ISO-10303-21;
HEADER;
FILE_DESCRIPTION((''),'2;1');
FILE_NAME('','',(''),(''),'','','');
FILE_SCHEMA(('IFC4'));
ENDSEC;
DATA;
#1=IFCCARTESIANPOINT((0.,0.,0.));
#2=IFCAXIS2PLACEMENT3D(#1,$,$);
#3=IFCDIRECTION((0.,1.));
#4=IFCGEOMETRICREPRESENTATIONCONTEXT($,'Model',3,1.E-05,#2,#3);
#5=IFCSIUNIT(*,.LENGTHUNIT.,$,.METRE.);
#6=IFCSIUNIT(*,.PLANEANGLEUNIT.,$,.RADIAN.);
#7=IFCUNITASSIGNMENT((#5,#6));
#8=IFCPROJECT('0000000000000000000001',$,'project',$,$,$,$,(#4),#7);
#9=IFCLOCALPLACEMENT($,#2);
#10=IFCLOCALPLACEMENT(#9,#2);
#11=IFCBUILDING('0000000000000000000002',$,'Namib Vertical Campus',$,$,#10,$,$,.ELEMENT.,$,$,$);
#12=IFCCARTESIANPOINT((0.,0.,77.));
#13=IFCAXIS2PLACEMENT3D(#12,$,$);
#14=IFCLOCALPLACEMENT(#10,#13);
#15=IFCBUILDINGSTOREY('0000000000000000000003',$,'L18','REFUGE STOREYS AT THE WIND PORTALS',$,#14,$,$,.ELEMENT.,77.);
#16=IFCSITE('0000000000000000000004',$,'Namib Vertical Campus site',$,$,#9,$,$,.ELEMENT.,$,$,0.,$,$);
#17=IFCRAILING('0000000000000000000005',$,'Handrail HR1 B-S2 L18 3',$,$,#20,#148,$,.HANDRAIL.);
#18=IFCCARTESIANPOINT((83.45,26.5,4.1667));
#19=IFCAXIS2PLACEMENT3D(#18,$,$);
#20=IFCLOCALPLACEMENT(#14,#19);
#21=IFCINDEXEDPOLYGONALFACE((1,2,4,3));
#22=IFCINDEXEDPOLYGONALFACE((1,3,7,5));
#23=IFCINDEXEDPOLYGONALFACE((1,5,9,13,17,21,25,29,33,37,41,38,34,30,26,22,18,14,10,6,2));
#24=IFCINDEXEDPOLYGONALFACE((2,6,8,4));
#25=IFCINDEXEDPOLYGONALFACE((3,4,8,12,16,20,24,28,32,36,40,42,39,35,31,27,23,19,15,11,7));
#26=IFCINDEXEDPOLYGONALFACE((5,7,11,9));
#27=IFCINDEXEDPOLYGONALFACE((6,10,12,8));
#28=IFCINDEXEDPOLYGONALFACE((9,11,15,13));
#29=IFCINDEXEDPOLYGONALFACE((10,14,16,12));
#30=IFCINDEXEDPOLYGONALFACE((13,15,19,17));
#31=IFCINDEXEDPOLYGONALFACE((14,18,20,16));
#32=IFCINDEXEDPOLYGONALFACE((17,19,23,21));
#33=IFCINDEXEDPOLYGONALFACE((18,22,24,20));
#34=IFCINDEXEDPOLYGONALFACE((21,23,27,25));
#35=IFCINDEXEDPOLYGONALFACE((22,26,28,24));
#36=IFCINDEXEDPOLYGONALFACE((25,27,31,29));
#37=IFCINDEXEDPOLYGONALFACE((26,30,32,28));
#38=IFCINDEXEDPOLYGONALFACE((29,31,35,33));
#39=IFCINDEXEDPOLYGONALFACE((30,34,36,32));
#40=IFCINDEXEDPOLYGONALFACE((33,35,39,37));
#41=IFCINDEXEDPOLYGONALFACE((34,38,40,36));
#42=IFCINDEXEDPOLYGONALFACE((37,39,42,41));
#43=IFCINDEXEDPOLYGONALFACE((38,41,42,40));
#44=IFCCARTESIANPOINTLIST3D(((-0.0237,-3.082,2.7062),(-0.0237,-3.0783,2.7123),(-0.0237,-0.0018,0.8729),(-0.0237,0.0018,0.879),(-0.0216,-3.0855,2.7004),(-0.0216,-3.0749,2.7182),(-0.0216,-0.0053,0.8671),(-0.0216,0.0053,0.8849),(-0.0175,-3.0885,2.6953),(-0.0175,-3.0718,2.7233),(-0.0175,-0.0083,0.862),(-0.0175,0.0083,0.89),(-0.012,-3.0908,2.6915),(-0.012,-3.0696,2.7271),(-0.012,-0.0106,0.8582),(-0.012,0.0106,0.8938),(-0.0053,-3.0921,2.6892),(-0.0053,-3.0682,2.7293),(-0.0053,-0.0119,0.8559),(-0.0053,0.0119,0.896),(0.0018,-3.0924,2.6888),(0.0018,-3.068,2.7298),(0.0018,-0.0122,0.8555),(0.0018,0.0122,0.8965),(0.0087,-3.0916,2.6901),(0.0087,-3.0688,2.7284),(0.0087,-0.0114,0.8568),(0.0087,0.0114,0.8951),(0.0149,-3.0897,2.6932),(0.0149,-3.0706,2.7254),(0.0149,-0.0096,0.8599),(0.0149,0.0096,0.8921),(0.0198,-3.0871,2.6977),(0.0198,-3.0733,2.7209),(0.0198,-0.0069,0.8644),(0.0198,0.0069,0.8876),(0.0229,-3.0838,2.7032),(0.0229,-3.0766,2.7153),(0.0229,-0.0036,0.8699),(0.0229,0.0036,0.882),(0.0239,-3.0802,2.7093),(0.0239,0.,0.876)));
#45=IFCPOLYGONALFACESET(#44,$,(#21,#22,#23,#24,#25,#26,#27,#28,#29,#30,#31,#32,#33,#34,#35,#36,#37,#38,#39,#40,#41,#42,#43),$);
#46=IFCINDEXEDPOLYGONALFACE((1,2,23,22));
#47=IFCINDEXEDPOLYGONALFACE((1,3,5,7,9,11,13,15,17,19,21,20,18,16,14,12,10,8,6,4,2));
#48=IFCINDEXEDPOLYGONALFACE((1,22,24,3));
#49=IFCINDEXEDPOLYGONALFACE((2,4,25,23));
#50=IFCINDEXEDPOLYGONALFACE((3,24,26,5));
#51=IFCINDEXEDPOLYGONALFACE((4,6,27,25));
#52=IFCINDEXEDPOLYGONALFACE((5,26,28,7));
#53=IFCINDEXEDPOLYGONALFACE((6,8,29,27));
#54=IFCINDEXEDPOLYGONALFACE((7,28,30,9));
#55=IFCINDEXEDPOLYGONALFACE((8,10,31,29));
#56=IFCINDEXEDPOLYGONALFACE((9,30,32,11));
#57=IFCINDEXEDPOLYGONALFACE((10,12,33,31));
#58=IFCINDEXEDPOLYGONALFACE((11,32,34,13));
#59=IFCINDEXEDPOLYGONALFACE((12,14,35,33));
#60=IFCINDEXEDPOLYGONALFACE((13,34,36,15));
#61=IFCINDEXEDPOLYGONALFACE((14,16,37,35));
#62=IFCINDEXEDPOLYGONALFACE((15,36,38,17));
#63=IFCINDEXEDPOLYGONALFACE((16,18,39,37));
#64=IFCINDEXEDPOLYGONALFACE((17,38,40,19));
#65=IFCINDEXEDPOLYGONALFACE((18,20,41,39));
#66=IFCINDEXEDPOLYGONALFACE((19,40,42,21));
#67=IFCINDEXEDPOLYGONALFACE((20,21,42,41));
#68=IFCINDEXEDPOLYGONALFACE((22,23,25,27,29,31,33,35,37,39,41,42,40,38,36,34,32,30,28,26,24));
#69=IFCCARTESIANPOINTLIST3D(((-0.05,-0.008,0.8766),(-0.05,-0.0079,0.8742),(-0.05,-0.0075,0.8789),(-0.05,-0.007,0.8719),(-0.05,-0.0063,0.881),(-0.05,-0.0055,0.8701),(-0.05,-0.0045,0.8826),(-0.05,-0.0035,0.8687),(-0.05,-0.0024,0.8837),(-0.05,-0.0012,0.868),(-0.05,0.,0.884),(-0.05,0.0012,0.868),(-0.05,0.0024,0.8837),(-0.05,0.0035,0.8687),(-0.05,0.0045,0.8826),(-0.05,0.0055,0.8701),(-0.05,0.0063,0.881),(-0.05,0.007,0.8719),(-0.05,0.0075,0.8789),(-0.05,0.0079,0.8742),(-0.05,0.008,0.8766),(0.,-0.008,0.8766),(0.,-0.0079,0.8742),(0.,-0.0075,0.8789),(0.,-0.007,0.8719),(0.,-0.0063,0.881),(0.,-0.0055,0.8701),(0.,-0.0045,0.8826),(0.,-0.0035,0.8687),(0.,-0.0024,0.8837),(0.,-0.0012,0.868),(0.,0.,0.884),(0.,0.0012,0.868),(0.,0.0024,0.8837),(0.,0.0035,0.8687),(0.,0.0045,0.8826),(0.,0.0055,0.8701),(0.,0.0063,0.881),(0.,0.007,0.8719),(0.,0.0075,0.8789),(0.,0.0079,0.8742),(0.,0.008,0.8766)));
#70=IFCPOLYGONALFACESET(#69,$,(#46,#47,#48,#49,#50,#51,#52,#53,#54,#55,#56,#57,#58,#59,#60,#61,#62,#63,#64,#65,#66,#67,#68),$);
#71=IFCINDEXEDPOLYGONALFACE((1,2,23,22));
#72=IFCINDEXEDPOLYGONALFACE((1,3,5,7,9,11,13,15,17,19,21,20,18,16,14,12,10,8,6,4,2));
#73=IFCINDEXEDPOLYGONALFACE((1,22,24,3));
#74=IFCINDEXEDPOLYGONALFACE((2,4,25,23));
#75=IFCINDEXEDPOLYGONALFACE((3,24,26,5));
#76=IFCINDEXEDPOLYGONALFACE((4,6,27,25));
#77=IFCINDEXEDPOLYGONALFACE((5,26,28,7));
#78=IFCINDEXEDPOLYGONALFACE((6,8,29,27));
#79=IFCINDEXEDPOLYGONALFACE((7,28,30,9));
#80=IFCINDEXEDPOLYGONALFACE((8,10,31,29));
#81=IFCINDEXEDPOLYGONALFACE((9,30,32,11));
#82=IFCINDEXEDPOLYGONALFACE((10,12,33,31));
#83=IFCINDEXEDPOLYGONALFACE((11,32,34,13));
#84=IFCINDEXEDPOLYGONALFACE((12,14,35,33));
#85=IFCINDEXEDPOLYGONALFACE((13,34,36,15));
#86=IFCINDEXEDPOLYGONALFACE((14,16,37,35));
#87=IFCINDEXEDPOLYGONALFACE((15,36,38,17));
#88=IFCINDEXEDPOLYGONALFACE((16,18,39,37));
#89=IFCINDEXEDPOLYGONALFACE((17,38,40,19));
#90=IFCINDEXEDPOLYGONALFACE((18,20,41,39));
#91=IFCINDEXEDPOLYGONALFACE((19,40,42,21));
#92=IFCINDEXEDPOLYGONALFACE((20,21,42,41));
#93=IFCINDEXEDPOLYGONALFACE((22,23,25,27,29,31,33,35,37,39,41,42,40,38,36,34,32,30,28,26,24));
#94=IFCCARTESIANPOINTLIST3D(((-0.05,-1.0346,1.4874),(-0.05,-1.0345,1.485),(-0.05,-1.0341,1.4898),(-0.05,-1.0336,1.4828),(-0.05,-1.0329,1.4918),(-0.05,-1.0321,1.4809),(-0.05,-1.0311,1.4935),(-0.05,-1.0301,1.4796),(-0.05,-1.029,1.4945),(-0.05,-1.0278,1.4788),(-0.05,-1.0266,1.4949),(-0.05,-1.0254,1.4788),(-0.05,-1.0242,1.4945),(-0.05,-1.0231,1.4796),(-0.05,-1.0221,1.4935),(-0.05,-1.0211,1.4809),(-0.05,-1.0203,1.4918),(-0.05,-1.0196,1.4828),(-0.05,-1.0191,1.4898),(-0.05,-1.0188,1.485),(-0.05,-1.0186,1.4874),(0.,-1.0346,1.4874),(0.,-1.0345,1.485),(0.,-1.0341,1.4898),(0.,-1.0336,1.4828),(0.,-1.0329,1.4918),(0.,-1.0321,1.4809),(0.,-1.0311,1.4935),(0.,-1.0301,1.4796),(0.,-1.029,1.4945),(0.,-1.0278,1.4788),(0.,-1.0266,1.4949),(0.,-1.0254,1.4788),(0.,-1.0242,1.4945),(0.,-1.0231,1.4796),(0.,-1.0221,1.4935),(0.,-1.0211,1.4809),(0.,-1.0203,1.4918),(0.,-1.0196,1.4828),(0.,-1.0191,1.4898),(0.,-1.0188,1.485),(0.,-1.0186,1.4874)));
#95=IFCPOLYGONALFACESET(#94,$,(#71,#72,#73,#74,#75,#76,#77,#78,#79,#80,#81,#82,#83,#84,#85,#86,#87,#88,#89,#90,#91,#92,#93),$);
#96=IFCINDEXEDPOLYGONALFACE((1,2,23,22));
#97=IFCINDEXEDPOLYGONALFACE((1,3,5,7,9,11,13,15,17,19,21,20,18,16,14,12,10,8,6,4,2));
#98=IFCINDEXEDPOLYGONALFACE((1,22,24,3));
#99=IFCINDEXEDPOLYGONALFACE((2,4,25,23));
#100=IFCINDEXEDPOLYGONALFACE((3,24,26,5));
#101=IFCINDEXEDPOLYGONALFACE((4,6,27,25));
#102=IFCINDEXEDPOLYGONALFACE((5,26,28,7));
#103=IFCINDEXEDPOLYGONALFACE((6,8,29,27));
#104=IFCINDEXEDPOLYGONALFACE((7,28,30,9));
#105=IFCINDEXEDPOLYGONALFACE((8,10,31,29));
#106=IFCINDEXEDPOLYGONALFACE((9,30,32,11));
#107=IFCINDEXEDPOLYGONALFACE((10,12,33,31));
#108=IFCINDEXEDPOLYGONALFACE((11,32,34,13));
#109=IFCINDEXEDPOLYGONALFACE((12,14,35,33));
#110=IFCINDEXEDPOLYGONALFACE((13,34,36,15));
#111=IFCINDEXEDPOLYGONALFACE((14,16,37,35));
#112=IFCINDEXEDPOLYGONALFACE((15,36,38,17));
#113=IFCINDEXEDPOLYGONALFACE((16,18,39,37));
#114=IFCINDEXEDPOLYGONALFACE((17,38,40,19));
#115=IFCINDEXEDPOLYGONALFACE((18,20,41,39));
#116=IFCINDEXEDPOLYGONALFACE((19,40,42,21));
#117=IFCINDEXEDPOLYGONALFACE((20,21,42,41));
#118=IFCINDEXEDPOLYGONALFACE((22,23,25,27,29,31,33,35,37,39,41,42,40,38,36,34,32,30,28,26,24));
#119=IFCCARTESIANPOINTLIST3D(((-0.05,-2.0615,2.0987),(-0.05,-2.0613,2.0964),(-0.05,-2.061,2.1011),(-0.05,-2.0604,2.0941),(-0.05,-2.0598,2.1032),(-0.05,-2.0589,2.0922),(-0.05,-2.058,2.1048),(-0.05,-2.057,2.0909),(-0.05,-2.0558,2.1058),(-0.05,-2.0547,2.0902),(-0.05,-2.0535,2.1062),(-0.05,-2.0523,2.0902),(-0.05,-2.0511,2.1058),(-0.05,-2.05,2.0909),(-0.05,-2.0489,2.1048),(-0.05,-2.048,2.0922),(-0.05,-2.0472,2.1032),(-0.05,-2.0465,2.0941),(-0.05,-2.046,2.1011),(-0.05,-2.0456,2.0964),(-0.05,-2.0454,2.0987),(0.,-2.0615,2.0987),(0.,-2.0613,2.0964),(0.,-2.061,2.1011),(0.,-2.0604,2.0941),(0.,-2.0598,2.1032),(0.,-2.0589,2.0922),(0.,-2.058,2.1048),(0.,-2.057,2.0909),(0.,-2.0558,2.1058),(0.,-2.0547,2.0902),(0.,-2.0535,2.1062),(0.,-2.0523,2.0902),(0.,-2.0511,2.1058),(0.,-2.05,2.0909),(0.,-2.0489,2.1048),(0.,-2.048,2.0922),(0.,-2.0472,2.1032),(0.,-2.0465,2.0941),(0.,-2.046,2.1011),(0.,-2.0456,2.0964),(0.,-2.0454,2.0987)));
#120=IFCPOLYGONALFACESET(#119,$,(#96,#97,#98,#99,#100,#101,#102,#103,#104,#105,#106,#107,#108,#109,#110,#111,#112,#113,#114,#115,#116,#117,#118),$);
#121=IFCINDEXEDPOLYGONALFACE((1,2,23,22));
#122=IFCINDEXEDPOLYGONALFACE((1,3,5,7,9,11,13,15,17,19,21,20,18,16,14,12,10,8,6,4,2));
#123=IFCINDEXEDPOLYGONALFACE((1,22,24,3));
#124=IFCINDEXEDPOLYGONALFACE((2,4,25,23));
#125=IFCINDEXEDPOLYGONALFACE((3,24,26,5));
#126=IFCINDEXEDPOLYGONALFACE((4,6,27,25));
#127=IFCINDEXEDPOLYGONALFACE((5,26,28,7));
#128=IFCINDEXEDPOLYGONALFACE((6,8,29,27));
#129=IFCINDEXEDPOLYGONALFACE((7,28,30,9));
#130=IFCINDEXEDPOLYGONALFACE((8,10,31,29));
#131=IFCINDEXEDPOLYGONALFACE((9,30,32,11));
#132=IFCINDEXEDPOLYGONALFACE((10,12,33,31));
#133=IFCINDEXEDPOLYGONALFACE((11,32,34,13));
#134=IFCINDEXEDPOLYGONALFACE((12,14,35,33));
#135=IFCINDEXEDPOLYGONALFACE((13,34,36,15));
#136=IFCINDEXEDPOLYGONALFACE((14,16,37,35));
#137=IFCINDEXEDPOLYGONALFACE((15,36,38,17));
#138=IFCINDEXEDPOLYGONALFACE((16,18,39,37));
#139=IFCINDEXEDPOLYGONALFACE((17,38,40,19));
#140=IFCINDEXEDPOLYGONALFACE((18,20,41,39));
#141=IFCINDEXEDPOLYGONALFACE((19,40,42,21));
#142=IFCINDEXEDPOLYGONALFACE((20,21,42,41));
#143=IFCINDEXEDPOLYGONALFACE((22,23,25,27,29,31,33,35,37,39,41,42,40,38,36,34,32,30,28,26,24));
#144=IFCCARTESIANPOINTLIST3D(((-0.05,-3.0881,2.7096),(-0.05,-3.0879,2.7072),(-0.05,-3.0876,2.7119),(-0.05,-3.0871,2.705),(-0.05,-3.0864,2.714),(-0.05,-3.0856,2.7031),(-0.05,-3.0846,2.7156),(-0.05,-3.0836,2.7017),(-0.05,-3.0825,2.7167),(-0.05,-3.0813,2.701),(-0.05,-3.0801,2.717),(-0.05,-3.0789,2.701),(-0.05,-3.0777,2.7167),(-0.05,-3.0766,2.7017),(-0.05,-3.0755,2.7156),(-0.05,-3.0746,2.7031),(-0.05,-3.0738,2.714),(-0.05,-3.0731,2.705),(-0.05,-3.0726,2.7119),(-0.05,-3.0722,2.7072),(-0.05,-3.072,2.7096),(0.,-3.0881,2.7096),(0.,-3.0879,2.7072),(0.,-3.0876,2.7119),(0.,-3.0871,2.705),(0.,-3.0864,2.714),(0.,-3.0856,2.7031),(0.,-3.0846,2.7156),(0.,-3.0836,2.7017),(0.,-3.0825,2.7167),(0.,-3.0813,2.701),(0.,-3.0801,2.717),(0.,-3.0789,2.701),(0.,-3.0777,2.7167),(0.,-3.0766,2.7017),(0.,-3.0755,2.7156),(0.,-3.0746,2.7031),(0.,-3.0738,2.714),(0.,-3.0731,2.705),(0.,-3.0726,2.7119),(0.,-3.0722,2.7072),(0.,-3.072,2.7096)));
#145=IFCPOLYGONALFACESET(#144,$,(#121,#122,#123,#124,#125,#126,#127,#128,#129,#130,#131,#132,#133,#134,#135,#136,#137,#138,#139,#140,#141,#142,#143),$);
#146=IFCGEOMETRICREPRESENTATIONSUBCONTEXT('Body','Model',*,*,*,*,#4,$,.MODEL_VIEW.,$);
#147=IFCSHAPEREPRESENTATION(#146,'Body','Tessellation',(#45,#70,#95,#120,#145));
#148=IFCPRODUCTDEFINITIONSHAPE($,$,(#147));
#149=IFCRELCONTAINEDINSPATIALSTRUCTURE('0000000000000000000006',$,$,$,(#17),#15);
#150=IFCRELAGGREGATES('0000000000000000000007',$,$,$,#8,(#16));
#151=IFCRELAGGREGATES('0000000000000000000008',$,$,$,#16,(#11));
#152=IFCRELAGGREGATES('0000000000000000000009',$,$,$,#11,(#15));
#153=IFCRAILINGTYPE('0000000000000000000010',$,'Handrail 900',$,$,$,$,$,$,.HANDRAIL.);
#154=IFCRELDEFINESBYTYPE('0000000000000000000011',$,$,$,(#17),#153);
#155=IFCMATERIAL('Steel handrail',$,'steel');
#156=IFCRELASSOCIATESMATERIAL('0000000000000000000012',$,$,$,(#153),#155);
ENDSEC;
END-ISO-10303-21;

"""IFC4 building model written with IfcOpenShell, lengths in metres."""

from ifc_helpers import new_model, si_unit, direction, frame, origin, origin_2d, place, context, subcontext, project, spatial, circle, extrude, material, type_object, element, save


model = new_model("IFC4")

# Units and contexts
model_context = context("Model", 3, precision=1e-05, world=origin(), true_north=direction((0.0, 1.0)))
body_context = subcontext(model_context, "Body", "Model", "MODEL_VIEW")
ifc_project = project(units=[si_unit("LENGTHUNIT", "METRE"), si_unit("PLANEANGLEUNIT", "RADIAN")], contexts=[model_context])

# Site, building, storey
site_placement = place(None, origin())
site = spatial("IfcSite", under=ifc_project, at=site_placement, Name="Namib Vertical Campus site", CompositionType="ELEMENT", RefElevation=0.0)
building_placement = place(site_placement, origin())
building = spatial("IfcBuilding", under=site, at=building_placement, Name="Namib Vertical Campus", CompositionType="ELEMENT")
storey_placement = place(building_placement, frame((0.0, 0.0, 77.0)))
storey = spatial("IfcBuildingStorey", under=building, at=storey_placement, Name="L18", Description="REFUGE STOREYS AT THE WIND PORTALS", CompositionType="ELEMENT", Elevation=77.0)

# Railing
ifc_material_1 = material(Name="Steel handrail", Category="steel")
railing_type = type_object("IfcRailingType", Name="Handrail 900", PredefinedType="HANDRAIL", material=ifc_material_1)
railing_1_placement = place(storey_placement, frame((83.45, 26.5, 4.1667)))
element("IfcRailing", 1, at=railing_1_placement, inside=storey, type_object=railing_type, Name="Handrail HR1 B-S2 L18 3", PredefinedType="HANDRAIL", context=body_context, shape_type="SweptSolid", body=[
    extrude(circle(Radius=0.0239, at=origin_2d()), frame((0.0, 0.0, 0.876), z_axis=(0.0, -0.859309, 0.511458), x_axis=(1.0, 0.0, 0.0)), (0.0, 0.0, 1.0), 3.5845),
    extrude(circle(Radius=0.0081, at=origin_2d()), frame((0.0, 0.0, 0.876), z_axis=(-1.0, 0.0, 0.0), x_axis=(0.0, 0.0, 1.0)), (0.0, 0.0, 1.0), 0.05),
    extrude(circle(Radius=0.0081, at=origin_2d()), frame((0.0, -1.0266, 1.4868), z_axis=(-1.0, 0.0, 0.0), x_axis=(0.0, 0.0, 1.0)), (0.0, 0.0, 1.0), 0.05),
    extrude(circle(Radius=0.0081, at=origin_2d()), frame((0.0, -2.0535, 2.0981), z_axis=(-1.0, 0.0, 0.0), x_axis=(0.0, 0.0, 1.0)), (0.0, 0.0, 1.0), 0.05),
    extrude(circle(Radius=0.0081, at=origin_2d()), frame((0.0, -3.0801, 2.709), z_axis=(-1.0, 0.0, 0.0), x_axis=(0.0, 0.0, 1.0)), (0.0, 0.0, 1.0), 0.05),
])

save(model, "model.ifc")
